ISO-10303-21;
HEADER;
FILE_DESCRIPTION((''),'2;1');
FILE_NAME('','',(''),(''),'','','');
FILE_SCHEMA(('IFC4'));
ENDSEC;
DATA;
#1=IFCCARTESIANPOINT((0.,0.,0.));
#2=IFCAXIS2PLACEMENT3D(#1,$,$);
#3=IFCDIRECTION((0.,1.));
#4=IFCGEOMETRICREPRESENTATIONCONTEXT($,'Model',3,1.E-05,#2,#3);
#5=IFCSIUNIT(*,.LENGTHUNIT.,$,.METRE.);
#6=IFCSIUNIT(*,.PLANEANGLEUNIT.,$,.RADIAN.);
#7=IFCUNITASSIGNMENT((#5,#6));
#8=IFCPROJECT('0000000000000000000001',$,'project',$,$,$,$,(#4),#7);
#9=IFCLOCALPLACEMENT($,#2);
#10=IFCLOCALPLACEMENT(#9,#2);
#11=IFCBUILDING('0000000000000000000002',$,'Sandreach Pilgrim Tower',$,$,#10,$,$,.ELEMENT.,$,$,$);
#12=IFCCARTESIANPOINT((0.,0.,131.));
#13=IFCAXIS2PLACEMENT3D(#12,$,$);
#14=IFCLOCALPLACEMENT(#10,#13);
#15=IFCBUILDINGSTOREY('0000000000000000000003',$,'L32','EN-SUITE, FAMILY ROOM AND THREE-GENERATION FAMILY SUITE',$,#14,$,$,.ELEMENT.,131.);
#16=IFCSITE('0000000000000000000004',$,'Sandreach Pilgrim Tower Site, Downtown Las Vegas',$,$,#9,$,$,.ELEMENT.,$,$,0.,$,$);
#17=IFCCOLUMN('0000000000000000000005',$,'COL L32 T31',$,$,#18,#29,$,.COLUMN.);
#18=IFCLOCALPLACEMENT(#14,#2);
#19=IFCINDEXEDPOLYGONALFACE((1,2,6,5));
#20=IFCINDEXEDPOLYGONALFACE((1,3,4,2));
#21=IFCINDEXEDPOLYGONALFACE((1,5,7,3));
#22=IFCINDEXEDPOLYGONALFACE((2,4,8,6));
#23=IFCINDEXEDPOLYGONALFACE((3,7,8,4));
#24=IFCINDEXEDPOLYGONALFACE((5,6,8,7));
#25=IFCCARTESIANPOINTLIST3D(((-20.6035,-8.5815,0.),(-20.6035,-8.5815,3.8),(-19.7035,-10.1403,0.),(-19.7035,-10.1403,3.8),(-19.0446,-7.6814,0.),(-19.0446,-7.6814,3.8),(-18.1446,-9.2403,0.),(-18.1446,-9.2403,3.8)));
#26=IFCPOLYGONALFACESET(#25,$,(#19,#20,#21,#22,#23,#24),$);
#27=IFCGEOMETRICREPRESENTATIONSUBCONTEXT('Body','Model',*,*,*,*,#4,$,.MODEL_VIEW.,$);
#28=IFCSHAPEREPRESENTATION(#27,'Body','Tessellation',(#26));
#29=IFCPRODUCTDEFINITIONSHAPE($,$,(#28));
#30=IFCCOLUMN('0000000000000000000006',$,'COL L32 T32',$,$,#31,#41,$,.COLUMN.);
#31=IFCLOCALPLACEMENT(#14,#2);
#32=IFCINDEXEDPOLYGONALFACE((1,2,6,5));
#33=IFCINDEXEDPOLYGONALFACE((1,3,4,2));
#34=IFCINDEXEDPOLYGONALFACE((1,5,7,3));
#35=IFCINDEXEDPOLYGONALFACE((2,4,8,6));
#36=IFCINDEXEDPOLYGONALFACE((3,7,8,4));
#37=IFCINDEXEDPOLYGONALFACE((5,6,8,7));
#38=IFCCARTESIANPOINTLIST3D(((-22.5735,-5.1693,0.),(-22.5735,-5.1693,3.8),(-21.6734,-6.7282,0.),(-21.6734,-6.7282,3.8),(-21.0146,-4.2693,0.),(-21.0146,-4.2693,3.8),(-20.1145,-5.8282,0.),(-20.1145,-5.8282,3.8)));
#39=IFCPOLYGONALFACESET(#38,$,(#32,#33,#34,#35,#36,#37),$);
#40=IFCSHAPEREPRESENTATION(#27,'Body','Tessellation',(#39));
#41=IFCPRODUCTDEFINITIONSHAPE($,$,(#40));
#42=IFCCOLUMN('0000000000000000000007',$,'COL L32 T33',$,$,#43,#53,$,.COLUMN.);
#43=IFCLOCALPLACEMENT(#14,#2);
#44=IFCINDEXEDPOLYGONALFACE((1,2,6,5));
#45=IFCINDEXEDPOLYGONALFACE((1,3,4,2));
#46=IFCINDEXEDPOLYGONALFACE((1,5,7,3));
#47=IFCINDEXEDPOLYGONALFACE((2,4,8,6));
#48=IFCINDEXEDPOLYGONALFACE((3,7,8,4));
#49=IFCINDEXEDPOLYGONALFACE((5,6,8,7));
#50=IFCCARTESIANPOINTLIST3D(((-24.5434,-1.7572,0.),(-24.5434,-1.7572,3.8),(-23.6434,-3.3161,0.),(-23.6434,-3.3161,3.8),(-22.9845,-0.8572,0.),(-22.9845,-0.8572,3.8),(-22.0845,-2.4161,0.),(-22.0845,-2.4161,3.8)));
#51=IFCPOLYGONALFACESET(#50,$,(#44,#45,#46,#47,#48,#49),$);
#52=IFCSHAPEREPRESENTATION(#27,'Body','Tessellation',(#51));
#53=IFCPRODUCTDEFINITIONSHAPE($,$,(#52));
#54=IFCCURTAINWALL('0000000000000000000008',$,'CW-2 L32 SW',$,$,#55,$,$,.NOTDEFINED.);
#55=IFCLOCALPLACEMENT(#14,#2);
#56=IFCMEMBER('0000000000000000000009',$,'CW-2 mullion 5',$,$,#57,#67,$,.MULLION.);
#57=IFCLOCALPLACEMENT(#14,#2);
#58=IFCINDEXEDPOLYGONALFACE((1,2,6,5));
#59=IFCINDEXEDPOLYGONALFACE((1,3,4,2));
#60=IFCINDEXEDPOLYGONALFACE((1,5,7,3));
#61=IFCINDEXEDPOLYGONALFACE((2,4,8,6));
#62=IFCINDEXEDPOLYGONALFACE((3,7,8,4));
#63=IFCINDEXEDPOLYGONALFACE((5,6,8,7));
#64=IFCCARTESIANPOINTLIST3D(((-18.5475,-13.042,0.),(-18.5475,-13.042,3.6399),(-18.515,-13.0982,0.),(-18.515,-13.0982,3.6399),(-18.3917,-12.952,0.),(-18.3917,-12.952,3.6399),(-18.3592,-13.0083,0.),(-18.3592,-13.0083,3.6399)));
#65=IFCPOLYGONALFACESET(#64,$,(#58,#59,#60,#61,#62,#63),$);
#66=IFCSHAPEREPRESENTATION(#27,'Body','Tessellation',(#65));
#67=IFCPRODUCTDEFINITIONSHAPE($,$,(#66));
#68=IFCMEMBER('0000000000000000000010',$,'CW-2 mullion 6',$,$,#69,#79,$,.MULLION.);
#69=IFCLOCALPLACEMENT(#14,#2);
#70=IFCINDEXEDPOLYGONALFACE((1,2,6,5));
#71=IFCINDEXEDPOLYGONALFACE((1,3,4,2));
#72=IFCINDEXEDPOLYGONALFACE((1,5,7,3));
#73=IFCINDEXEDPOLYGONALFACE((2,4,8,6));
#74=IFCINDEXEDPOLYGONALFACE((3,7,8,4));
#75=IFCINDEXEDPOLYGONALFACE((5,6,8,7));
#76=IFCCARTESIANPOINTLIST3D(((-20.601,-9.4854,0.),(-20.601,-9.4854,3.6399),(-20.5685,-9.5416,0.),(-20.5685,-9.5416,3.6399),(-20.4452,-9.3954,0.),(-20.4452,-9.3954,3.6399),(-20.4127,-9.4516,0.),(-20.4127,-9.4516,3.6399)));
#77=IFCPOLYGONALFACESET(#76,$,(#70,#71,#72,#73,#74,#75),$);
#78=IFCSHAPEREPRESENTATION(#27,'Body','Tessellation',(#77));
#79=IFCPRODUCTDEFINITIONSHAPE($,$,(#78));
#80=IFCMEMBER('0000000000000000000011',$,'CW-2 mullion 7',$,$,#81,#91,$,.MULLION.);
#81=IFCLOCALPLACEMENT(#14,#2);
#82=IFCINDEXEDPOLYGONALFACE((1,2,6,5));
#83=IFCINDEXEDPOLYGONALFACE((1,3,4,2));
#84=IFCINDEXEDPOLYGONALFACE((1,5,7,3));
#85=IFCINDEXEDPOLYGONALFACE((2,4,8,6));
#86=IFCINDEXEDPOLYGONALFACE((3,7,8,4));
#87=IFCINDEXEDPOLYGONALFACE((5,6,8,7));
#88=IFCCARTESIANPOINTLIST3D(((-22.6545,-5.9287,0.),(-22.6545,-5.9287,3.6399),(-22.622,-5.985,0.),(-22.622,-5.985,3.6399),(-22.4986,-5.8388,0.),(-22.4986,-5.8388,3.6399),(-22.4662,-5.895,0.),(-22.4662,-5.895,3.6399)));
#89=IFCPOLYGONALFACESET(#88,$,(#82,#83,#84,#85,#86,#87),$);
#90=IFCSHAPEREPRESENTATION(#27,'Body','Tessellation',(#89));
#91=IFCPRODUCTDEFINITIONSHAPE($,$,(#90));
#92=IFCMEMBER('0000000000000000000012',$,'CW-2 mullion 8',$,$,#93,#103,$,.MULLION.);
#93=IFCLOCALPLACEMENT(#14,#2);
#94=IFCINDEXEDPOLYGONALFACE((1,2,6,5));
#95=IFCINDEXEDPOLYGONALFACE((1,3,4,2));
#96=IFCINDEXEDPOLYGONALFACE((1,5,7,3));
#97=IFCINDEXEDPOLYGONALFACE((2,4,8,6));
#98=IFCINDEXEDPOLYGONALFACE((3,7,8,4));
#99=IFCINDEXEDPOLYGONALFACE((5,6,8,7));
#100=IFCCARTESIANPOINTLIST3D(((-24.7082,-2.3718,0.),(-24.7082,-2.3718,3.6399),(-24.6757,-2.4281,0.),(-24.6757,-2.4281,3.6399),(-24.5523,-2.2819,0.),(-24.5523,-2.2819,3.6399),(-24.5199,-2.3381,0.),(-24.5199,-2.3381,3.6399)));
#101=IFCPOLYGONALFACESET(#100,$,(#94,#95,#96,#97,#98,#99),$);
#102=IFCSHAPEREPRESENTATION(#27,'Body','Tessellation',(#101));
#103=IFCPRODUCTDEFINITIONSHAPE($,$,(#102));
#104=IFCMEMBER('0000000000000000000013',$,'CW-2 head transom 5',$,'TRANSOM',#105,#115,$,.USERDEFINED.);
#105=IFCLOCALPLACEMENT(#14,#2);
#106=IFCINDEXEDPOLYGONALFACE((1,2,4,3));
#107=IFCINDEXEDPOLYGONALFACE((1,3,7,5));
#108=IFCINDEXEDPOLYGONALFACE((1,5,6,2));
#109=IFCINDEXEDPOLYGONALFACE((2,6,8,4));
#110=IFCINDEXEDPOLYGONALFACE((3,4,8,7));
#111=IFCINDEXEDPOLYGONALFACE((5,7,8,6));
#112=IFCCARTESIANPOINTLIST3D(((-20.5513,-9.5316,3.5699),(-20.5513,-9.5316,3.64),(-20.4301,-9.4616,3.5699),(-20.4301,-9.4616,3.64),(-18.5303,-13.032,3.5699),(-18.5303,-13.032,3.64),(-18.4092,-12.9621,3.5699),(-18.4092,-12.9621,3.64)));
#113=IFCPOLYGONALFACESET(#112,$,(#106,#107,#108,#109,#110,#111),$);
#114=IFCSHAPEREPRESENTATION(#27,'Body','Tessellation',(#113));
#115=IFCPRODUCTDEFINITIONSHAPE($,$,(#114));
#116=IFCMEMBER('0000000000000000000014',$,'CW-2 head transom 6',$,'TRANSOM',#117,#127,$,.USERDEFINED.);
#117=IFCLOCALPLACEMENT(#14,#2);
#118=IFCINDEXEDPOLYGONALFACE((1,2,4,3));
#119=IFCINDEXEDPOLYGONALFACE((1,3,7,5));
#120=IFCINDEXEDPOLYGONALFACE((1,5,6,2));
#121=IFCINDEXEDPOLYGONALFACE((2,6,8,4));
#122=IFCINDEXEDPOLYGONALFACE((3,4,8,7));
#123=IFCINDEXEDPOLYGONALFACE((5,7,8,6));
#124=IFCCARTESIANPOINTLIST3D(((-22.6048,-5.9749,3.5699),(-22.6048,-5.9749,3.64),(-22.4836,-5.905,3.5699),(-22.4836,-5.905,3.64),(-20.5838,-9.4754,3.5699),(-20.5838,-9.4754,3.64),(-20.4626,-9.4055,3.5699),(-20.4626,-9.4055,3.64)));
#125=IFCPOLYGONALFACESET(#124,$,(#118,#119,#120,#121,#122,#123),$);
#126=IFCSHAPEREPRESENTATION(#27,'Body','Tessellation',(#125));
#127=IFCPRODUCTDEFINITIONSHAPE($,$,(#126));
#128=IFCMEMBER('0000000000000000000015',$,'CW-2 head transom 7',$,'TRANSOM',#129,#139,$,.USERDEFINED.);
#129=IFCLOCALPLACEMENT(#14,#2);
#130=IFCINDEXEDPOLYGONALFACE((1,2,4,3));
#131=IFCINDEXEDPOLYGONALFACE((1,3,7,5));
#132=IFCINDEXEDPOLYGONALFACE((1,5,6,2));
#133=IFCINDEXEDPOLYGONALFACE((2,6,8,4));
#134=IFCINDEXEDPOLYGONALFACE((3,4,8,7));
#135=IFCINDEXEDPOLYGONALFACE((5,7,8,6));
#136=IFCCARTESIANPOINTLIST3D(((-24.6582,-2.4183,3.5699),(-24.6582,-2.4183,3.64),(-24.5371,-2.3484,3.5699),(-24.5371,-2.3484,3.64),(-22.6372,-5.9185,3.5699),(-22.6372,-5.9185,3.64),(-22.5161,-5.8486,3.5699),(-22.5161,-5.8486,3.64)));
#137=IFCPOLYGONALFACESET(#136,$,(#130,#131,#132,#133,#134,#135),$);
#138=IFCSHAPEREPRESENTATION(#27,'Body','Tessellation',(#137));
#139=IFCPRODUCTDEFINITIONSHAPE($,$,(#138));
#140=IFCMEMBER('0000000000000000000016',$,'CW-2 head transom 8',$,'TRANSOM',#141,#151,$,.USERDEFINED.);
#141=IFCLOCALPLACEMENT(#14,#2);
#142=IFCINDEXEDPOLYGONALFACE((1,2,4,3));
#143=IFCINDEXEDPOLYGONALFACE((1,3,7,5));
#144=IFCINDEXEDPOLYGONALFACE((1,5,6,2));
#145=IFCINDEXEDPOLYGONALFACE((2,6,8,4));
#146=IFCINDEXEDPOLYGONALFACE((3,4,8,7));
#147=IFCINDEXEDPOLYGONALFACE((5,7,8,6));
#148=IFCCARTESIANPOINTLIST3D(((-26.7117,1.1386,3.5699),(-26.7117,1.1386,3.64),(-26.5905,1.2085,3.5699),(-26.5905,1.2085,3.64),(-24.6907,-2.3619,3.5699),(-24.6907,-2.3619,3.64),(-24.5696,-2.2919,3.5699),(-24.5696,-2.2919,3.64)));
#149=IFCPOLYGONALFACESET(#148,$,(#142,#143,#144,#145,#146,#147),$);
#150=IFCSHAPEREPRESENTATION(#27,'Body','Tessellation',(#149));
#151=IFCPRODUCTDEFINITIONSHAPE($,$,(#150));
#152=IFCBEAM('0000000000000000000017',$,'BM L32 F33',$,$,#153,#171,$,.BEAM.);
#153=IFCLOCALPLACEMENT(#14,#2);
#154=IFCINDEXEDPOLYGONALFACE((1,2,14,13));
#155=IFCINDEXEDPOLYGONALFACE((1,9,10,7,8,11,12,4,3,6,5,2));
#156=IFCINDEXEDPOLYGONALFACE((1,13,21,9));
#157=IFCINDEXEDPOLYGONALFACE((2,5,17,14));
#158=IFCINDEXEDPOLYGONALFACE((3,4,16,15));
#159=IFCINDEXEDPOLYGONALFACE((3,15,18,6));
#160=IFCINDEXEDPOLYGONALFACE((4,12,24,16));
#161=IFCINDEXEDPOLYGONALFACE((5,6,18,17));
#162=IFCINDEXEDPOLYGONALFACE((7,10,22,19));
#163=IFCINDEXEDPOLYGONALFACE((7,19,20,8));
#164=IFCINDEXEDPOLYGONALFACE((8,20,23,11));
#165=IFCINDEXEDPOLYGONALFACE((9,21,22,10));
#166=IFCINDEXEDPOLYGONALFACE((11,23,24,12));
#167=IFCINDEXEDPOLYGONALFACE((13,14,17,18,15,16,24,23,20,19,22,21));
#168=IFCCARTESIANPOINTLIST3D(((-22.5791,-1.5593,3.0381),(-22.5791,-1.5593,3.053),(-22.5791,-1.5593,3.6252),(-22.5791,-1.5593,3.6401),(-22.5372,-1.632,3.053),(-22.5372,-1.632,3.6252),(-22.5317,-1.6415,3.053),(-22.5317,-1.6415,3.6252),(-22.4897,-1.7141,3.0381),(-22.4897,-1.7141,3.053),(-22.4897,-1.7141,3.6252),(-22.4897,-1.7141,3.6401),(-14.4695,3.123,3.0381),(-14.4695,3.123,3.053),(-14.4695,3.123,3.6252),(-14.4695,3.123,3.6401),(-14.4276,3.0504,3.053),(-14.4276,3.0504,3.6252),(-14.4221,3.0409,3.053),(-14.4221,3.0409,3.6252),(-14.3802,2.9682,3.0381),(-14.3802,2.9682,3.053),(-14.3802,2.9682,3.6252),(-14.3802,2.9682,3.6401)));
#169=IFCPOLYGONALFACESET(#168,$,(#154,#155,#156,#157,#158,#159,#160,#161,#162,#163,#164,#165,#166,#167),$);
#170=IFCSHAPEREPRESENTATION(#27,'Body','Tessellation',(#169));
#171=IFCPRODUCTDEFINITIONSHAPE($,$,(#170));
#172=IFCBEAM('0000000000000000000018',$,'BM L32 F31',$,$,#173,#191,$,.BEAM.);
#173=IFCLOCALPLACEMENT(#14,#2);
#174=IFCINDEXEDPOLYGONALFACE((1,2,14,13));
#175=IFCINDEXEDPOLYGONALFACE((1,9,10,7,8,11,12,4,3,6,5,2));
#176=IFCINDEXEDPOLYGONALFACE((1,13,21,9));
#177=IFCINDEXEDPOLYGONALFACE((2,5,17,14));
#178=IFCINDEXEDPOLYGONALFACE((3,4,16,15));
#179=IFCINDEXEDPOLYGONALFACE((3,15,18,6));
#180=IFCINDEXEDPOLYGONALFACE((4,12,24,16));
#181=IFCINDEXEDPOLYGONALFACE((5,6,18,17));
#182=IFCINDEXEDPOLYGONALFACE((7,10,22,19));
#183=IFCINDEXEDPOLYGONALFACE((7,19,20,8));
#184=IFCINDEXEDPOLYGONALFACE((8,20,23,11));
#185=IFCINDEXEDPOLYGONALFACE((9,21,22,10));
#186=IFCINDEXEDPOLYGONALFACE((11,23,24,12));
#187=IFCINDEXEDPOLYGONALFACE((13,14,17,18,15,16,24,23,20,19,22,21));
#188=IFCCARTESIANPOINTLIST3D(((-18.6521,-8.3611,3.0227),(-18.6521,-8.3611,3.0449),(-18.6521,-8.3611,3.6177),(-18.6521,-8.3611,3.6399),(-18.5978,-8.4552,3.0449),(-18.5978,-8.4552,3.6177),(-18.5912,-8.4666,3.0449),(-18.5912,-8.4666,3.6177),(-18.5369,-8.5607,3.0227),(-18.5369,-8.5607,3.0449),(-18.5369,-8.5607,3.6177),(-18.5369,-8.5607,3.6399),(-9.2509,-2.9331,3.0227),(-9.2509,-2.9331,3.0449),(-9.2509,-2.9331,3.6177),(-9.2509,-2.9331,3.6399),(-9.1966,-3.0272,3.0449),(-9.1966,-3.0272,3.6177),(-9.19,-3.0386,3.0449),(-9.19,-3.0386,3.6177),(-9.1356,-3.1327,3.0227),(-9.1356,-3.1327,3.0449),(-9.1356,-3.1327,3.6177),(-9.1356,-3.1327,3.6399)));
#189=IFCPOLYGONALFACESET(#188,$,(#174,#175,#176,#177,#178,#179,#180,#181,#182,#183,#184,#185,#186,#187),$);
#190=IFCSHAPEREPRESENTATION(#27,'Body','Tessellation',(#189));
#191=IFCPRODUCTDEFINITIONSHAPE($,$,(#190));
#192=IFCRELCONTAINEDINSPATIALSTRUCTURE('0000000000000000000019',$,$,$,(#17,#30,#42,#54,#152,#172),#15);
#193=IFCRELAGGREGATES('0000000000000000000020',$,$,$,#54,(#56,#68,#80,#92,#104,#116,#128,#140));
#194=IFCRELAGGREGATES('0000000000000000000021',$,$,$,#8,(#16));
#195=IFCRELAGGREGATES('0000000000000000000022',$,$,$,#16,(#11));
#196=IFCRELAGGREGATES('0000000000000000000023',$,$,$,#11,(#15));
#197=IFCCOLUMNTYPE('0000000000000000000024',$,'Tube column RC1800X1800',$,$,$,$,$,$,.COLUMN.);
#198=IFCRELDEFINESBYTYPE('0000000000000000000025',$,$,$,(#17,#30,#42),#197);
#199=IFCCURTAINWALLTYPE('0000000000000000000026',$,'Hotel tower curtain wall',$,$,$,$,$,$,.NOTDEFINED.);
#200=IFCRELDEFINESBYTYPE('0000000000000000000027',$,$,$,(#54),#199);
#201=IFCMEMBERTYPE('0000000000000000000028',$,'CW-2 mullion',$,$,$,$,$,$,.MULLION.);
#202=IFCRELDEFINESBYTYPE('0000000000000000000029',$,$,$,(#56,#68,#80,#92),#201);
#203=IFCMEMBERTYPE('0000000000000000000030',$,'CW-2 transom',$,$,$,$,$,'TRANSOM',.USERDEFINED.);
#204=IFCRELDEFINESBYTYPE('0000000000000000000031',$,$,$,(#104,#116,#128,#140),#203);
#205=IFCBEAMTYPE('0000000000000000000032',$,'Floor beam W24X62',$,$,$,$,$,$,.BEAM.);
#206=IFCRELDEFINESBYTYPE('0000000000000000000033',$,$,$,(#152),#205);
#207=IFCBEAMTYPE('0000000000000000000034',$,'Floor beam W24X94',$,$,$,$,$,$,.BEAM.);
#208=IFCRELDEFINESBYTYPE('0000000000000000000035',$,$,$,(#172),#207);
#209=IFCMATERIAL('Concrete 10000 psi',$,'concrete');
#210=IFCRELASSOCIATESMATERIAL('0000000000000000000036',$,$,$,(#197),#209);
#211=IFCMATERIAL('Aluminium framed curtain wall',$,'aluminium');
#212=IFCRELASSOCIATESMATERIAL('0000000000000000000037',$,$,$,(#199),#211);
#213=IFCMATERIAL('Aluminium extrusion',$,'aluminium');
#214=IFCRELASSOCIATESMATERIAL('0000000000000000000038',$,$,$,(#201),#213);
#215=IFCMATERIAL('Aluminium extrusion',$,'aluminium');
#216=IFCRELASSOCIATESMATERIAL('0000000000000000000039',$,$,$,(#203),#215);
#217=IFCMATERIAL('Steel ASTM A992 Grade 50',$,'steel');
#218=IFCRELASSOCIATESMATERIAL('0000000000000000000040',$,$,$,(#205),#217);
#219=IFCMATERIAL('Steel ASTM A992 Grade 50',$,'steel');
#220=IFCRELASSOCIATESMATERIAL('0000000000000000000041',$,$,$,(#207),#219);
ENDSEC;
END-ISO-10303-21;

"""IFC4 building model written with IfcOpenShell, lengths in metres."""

from ifc_helpers import new_model, si_unit, direction, frame, origin, origin_2d, place, context, subcontext, project, spatial, rectangle, i_section, extrude, material, material_profile, profile_set, type_object, element, aggregate, save


model = new_model("IFC4")

# Units and contexts
model_context = context("Model", 3, precision=1e-05, world=origin(), true_north=direction((0.0, 1.0)))
body_context = subcontext(model_context, "Body", "Model", "MODEL_VIEW")
ifc_project = project(units=[si_unit("LENGTHUNIT", "METRE"), si_unit("PLANEANGLEUNIT", "RADIAN")], contexts=[model_context])

# Site, building, storey
site_placement = place(None, origin())
site = spatial("IfcSite", under=ifc_project, at=site_placement, Name="Sandreach Pilgrim Tower Site, Downtown Las Vegas", CompositionType="ELEMENT", RefElevation=0.0)
building_placement = place(site_placement, origin())
building = spatial("IfcBuilding", under=site, at=building_placement, Name="Sandreach Pilgrim Tower", CompositionType="ELEMENT")
storey_placement = place(building_placement, frame((0.0, 0.0, 131.0)))
storey = spatial("IfcBuildingStorey", under=building, at=storey_placement, Name="L32", Description="EN-SUITE, FAMILY ROOM AND THREE-GENERATION FAMILY SUITE", CompositionType="ELEMENT", Elevation=131.0)

# Columns
ifc_material_1 = material(Name="Concrete 10000 psi", Category="concrete")
ifc_material_profile_1 = material_profile(ifc_material_1, rectangle(XDim=1.8, YDim=1.8, at=origin_2d()), Name="RC1800X1800")
ifc_profile_set_1 = profile_set([ifc_material_profile_1], Name="Concrete 10000 psi")
column_type = type_object("IfcColumnType", Name="Tube column RC1800X1800", PredefinedType="COLUMN", material=ifc_profile_set_1)
for number, where, z_axis, x_axis, name in (
    (1, (-19.374, -8.9109, 0.0), (0.0, 0.0, 1.0), (-0.866025, -0.5, 0.0), "COL L32 T31"),
    (2, (-21.344, -5.4988, 0.0), (0.0, 0.0, 1.0), (-0.866025, -0.5, 0.0), "COL L32 T32"),
    (3, (-23.314, -2.0867, 0.0), (0.0, 0.0, 1.0), (-0.866025, -0.5, 0.0), "COL L32 T33"),
):
    element("IfcColumn", number, at=place(storey_placement, frame(where, z_axis=z_axis, x_axis=x_axis)), inside=storey, type_object=column_type, Name=name, PredefinedType="COLUMN", context=body_context, shape_type="SweptSolid", body=[
        extrude(rectangle(XDim=1.8, YDim=1.8, at=origin_2d()), origin(), (0.0, 0.0, 1.0), 3.8),
    ])

# Curtain wall, members
ifc_material_2 = material(Name="Aluminium framed curtain wall", Category="aluminium")
curtain_wall_type = type_object("IfcCurtainWallType", Name="Hotel tower curtain wall", PredefinedType="NOTDEFINED", material=ifc_material_2)
curtain_wall_placement = place(storey_placement, origin())
curtain_wall = element("IfcCurtainWall", 4, at=curtain_wall_placement, inside=storey, type_object=curtain_wall_type, Name="CW-2 L32 SW", PredefinedType="NOTDEFINED")
ifc_material_3 = material(Name="Aluminium extrusion", Category="aluminium")
ifc_material_profile_2 = material_profile(ifc_material_3, rectangle(XDim=0.0649, YDim=0.1799, at=origin_2d()), Name="CW-2M 65X180")
ifc_profile_set_2 = profile_set([ifc_material_profile_2], Name="Aluminium extrusion")
member_type_1 = type_object("IfcMemberType", Name="CW-2 mullion", PredefinedType="MULLION", material=ifc_profile_set_2)
member_1_placement = place(storey_placement, frame((-18.4534, -13.0251, 0.0), z_axis=(0.0, 0.0, 1.0), x_axis=(-0.5, 0.866025, 0.0)))
member_1 = element("IfcMember", 5, at=member_1_placement, type_object=member_type_1, Name="CW-2 mullion 5", PredefinedType="MULLION", context=body_context, shape_type="SweptSolid", body=[
    extrude(rectangle(XDim=0.0649, YDim=0.1799, at=origin_2d()), origin(), (0.0, 0.0, 1.0), 3.6399),
])
member_2_placement = place(storey_placement, frame((-20.5068, -9.4685, 0.0), z_axis=(0.0, 0.0, 1.0), x_axis=(-0.5, 0.866025, 0.0)))
member_2 = element("IfcMember", 6, at=member_2_placement, type_object=member_type_1, Name="CW-2 mullion 6", PredefinedType="MULLION", context=body_context, shape_type="SweptSolid", body=[
    extrude(rectangle(XDim=0.0649, YDim=0.1799, at=origin_2d()), origin(), (0.0, 0.0, 1.0), 3.6399),
])
member_3_placement = place(storey_placement, frame((-22.5603, -5.9119, 0.0), z_axis=(0.0, 0.0, 1.0), x_axis=(-0.5, 0.866025, 0.0)))
member_3 = element("IfcMember", 7, at=member_3_placement, type_object=member_type_1, Name="CW-2 mullion 7", PredefinedType="MULLION", context=body_context, shape_type="SweptSolid", body=[
    extrude(rectangle(XDim=0.0649, YDim=0.1799, at=origin_2d()), origin(), (0.0, 0.0, 1.0), 3.6399),
])
member_4_placement = place(storey_placement, frame((-24.614, -2.355, 0.0), z_axis=(0.0, 0.0, 1.0), x_axis=(-0.5, 0.866025, 0.0)))
member_4 = element("IfcMember", 8, at=member_4_placement, type_object=member_type_1, Name="CW-2 mullion 8", PredefinedType="MULLION", context=body_context, shape_type="SweptSolid", body=[
    extrude(rectangle(XDim=0.0649, YDim=0.1799, at=origin_2d()), origin(), (0.0, 0.0, 1.0), 3.6399),
])
ifc_material_4 = material(Name="Aluminium extrusion", Category="aluminium")
ifc_material_profile_3 = material_profile(ifc_material_4, rectangle(XDim=0.1399, YDim=0.0701, at=origin_2d()), Name="CW-2T 140X70")
ifc_profile_set_3 = profile_set([ifc_material_profile_3], Name="Aluminium extrusion")
member_type_2 = type_object("IfcMemberType", Name="CW-2 transom", ElementType="TRANSOM", PredefinedType="USERDEFINED", material=ifc_profile_set_3)
member_5_placement = place(storey_placement, frame((-18.4697, -12.9971, 3.605), z_axis=(-0.499998, 0.866027, 0.0), x_axis=(-0.866027, -0.499998, 0.0)))
member_5 = element("IfcMember", 9, at=member_5_placement, type_object=member_type_2, Name="CW-2 head transom 5", ObjectType="TRANSOM", PredefinedType="USERDEFINED", context=body_context, shape_type="SweptSolid", body=[
    extrude(rectangle(XDim=0.1399, YDim=0.0701, at=origin_2d()), origin(), (0.0, 0.0, 1.0), 4.042),
])
member_6_placement = place(storey_placement, frame((-20.5232, -9.4404, 3.605), z_axis=(-0.499998, 0.866027, 0.0), x_axis=(-0.866027, -0.499998, 0.0)))
member_6 = element("IfcMember", 10, at=member_6_placement, type_object=member_type_2, Name="CW-2 head transom 6", ObjectType="TRANSOM", PredefinedType="USERDEFINED", context=body_context, shape_type="SweptSolid", body=[
    extrude(rectangle(XDim=0.1399, YDim=0.0701, at=origin_2d()), origin(), (0.0, 0.0, 1.0), 4.042),
])
member_7_placement = place(storey_placement, frame((-22.5767, -5.8835, 3.605), z_axis=(-0.500024, 0.866012, 0.0), x_axis=(-0.866012, -0.500024, 0.0)))
member_7 = element("IfcMember", 11, at=member_7_placement, type_object=member_type_2, Name="CW-2 head transom 7", ObjectType="TRANSOM", PredefinedType="USERDEFINED", context=body_context, shape_type="SweptSolid", body=[
    extrude(rectangle(XDim=0.1399, YDim=0.0701, at=origin_2d()), origin(), (0.0, 0.0, 1.0), 4.0417),
])
member_8_placement = place(storey_placement, frame((-24.6301, -2.3269, 3.605), z_axis=(-0.499998, 0.866027, 0.0), x_axis=(-0.866027, -0.499998, 0.0)))
member_8 = element("IfcMember", 12, at=member_8_placement, type_object=member_type_2, Name="CW-2 head transom 8", ObjectType="TRANSOM", PredefinedType="USERDEFINED", context=body_context, shape_type="SweptSolid", body=[
    extrude(rectangle(XDim=0.1399, YDim=0.0701, at=origin_2d()), origin(), (0.0, 0.0, 1.0), 4.042),
])

# Beams
ifc_material_5 = material(Name="Steel ASTM A992 Grade 50", Category="steel")
ifc_material_profile_4 = material_profile(ifc_material_5, i_section(OverallWidth=0.1787, OverallDepth=0.6021, WebThickness=0.011, FlangeThickness=0.0149, at=origin_2d()), Name="W24X62")
ifc_profile_set_4 = profile_set([ifc_material_profile_4], Name="Steel ASTM A992 Grade 50")
beam_type_1 = type_object("IfcBeamType", Name="Floor beam W24X62", PredefinedType="BEAM", material=ifc_profile_set_4)
beam_1_placement = place(storey_placement, frame((-22.5344, -1.6367, 3.3391), z_axis=(0.866012, 0.500023, 0.0), x_axis=(-0.500023, 0.866012, 0.0)))
element("IfcBeam", 13, at=beam_1_placement, inside=storey, type_object=beam_type_1, Name="BM L32 F33", PredefinedType="BEAM", context=body_context, shape_type="SweptSolid", body=[
    extrude(i_section(OverallWidth=0.1787, OverallDepth=0.6021, WebThickness=0.011, FlangeThickness=0.0149, at=origin_2d()), origin(), (0.0, 0.0, 1.0), 9.3643),
])
ifc_material_6 = material(Name="Steel ASTM A992 Grade 50", Category="steel")
ifc_material_profile_5 = material_profile(ifc_material_6, i_section(OverallWidth=0.2305, OverallDepth=0.6172, WebThickness=0.0132, FlangeThickness=0.0222, at=origin_2d()), Name="W24X94")
ifc_profile_set_5 = profile_set([ifc_material_profile_5], Name="Steel ASTM A992 Grade 50")
beam_type_2 = type_object("IfcBeamType", Name="Floor beam W24X94", PredefinedType="BEAM", material=ifc_profile_set_5)
beam_2_placement = place(storey_placement, frame((-18.5945, -8.4609, 3.3313), z_axis=(0.866016, 0.500016, 0.0), x_axis=(-0.500016, 0.866016, 0.0)))
element("IfcBeam", 14, at=beam_2_placement, inside=storey, type_object=beam_type_2, Name="BM L32 F31", PredefinedType="BEAM", context=body_context, shape_type="SweptSolid", body=[
    extrude(i_section(OverallWidth=0.2305, OverallDepth=0.6172, WebThickness=0.0132, FlangeThickness=0.0222, at=origin_2d()), origin(), (0.0, 0.0, 1.0), 10.8557),
])

aggregate(curtain_wall, [member_1, member_2, member_3, member_4, member_5, member_6, member_7, member_8])

save(model, "model.ifc")
